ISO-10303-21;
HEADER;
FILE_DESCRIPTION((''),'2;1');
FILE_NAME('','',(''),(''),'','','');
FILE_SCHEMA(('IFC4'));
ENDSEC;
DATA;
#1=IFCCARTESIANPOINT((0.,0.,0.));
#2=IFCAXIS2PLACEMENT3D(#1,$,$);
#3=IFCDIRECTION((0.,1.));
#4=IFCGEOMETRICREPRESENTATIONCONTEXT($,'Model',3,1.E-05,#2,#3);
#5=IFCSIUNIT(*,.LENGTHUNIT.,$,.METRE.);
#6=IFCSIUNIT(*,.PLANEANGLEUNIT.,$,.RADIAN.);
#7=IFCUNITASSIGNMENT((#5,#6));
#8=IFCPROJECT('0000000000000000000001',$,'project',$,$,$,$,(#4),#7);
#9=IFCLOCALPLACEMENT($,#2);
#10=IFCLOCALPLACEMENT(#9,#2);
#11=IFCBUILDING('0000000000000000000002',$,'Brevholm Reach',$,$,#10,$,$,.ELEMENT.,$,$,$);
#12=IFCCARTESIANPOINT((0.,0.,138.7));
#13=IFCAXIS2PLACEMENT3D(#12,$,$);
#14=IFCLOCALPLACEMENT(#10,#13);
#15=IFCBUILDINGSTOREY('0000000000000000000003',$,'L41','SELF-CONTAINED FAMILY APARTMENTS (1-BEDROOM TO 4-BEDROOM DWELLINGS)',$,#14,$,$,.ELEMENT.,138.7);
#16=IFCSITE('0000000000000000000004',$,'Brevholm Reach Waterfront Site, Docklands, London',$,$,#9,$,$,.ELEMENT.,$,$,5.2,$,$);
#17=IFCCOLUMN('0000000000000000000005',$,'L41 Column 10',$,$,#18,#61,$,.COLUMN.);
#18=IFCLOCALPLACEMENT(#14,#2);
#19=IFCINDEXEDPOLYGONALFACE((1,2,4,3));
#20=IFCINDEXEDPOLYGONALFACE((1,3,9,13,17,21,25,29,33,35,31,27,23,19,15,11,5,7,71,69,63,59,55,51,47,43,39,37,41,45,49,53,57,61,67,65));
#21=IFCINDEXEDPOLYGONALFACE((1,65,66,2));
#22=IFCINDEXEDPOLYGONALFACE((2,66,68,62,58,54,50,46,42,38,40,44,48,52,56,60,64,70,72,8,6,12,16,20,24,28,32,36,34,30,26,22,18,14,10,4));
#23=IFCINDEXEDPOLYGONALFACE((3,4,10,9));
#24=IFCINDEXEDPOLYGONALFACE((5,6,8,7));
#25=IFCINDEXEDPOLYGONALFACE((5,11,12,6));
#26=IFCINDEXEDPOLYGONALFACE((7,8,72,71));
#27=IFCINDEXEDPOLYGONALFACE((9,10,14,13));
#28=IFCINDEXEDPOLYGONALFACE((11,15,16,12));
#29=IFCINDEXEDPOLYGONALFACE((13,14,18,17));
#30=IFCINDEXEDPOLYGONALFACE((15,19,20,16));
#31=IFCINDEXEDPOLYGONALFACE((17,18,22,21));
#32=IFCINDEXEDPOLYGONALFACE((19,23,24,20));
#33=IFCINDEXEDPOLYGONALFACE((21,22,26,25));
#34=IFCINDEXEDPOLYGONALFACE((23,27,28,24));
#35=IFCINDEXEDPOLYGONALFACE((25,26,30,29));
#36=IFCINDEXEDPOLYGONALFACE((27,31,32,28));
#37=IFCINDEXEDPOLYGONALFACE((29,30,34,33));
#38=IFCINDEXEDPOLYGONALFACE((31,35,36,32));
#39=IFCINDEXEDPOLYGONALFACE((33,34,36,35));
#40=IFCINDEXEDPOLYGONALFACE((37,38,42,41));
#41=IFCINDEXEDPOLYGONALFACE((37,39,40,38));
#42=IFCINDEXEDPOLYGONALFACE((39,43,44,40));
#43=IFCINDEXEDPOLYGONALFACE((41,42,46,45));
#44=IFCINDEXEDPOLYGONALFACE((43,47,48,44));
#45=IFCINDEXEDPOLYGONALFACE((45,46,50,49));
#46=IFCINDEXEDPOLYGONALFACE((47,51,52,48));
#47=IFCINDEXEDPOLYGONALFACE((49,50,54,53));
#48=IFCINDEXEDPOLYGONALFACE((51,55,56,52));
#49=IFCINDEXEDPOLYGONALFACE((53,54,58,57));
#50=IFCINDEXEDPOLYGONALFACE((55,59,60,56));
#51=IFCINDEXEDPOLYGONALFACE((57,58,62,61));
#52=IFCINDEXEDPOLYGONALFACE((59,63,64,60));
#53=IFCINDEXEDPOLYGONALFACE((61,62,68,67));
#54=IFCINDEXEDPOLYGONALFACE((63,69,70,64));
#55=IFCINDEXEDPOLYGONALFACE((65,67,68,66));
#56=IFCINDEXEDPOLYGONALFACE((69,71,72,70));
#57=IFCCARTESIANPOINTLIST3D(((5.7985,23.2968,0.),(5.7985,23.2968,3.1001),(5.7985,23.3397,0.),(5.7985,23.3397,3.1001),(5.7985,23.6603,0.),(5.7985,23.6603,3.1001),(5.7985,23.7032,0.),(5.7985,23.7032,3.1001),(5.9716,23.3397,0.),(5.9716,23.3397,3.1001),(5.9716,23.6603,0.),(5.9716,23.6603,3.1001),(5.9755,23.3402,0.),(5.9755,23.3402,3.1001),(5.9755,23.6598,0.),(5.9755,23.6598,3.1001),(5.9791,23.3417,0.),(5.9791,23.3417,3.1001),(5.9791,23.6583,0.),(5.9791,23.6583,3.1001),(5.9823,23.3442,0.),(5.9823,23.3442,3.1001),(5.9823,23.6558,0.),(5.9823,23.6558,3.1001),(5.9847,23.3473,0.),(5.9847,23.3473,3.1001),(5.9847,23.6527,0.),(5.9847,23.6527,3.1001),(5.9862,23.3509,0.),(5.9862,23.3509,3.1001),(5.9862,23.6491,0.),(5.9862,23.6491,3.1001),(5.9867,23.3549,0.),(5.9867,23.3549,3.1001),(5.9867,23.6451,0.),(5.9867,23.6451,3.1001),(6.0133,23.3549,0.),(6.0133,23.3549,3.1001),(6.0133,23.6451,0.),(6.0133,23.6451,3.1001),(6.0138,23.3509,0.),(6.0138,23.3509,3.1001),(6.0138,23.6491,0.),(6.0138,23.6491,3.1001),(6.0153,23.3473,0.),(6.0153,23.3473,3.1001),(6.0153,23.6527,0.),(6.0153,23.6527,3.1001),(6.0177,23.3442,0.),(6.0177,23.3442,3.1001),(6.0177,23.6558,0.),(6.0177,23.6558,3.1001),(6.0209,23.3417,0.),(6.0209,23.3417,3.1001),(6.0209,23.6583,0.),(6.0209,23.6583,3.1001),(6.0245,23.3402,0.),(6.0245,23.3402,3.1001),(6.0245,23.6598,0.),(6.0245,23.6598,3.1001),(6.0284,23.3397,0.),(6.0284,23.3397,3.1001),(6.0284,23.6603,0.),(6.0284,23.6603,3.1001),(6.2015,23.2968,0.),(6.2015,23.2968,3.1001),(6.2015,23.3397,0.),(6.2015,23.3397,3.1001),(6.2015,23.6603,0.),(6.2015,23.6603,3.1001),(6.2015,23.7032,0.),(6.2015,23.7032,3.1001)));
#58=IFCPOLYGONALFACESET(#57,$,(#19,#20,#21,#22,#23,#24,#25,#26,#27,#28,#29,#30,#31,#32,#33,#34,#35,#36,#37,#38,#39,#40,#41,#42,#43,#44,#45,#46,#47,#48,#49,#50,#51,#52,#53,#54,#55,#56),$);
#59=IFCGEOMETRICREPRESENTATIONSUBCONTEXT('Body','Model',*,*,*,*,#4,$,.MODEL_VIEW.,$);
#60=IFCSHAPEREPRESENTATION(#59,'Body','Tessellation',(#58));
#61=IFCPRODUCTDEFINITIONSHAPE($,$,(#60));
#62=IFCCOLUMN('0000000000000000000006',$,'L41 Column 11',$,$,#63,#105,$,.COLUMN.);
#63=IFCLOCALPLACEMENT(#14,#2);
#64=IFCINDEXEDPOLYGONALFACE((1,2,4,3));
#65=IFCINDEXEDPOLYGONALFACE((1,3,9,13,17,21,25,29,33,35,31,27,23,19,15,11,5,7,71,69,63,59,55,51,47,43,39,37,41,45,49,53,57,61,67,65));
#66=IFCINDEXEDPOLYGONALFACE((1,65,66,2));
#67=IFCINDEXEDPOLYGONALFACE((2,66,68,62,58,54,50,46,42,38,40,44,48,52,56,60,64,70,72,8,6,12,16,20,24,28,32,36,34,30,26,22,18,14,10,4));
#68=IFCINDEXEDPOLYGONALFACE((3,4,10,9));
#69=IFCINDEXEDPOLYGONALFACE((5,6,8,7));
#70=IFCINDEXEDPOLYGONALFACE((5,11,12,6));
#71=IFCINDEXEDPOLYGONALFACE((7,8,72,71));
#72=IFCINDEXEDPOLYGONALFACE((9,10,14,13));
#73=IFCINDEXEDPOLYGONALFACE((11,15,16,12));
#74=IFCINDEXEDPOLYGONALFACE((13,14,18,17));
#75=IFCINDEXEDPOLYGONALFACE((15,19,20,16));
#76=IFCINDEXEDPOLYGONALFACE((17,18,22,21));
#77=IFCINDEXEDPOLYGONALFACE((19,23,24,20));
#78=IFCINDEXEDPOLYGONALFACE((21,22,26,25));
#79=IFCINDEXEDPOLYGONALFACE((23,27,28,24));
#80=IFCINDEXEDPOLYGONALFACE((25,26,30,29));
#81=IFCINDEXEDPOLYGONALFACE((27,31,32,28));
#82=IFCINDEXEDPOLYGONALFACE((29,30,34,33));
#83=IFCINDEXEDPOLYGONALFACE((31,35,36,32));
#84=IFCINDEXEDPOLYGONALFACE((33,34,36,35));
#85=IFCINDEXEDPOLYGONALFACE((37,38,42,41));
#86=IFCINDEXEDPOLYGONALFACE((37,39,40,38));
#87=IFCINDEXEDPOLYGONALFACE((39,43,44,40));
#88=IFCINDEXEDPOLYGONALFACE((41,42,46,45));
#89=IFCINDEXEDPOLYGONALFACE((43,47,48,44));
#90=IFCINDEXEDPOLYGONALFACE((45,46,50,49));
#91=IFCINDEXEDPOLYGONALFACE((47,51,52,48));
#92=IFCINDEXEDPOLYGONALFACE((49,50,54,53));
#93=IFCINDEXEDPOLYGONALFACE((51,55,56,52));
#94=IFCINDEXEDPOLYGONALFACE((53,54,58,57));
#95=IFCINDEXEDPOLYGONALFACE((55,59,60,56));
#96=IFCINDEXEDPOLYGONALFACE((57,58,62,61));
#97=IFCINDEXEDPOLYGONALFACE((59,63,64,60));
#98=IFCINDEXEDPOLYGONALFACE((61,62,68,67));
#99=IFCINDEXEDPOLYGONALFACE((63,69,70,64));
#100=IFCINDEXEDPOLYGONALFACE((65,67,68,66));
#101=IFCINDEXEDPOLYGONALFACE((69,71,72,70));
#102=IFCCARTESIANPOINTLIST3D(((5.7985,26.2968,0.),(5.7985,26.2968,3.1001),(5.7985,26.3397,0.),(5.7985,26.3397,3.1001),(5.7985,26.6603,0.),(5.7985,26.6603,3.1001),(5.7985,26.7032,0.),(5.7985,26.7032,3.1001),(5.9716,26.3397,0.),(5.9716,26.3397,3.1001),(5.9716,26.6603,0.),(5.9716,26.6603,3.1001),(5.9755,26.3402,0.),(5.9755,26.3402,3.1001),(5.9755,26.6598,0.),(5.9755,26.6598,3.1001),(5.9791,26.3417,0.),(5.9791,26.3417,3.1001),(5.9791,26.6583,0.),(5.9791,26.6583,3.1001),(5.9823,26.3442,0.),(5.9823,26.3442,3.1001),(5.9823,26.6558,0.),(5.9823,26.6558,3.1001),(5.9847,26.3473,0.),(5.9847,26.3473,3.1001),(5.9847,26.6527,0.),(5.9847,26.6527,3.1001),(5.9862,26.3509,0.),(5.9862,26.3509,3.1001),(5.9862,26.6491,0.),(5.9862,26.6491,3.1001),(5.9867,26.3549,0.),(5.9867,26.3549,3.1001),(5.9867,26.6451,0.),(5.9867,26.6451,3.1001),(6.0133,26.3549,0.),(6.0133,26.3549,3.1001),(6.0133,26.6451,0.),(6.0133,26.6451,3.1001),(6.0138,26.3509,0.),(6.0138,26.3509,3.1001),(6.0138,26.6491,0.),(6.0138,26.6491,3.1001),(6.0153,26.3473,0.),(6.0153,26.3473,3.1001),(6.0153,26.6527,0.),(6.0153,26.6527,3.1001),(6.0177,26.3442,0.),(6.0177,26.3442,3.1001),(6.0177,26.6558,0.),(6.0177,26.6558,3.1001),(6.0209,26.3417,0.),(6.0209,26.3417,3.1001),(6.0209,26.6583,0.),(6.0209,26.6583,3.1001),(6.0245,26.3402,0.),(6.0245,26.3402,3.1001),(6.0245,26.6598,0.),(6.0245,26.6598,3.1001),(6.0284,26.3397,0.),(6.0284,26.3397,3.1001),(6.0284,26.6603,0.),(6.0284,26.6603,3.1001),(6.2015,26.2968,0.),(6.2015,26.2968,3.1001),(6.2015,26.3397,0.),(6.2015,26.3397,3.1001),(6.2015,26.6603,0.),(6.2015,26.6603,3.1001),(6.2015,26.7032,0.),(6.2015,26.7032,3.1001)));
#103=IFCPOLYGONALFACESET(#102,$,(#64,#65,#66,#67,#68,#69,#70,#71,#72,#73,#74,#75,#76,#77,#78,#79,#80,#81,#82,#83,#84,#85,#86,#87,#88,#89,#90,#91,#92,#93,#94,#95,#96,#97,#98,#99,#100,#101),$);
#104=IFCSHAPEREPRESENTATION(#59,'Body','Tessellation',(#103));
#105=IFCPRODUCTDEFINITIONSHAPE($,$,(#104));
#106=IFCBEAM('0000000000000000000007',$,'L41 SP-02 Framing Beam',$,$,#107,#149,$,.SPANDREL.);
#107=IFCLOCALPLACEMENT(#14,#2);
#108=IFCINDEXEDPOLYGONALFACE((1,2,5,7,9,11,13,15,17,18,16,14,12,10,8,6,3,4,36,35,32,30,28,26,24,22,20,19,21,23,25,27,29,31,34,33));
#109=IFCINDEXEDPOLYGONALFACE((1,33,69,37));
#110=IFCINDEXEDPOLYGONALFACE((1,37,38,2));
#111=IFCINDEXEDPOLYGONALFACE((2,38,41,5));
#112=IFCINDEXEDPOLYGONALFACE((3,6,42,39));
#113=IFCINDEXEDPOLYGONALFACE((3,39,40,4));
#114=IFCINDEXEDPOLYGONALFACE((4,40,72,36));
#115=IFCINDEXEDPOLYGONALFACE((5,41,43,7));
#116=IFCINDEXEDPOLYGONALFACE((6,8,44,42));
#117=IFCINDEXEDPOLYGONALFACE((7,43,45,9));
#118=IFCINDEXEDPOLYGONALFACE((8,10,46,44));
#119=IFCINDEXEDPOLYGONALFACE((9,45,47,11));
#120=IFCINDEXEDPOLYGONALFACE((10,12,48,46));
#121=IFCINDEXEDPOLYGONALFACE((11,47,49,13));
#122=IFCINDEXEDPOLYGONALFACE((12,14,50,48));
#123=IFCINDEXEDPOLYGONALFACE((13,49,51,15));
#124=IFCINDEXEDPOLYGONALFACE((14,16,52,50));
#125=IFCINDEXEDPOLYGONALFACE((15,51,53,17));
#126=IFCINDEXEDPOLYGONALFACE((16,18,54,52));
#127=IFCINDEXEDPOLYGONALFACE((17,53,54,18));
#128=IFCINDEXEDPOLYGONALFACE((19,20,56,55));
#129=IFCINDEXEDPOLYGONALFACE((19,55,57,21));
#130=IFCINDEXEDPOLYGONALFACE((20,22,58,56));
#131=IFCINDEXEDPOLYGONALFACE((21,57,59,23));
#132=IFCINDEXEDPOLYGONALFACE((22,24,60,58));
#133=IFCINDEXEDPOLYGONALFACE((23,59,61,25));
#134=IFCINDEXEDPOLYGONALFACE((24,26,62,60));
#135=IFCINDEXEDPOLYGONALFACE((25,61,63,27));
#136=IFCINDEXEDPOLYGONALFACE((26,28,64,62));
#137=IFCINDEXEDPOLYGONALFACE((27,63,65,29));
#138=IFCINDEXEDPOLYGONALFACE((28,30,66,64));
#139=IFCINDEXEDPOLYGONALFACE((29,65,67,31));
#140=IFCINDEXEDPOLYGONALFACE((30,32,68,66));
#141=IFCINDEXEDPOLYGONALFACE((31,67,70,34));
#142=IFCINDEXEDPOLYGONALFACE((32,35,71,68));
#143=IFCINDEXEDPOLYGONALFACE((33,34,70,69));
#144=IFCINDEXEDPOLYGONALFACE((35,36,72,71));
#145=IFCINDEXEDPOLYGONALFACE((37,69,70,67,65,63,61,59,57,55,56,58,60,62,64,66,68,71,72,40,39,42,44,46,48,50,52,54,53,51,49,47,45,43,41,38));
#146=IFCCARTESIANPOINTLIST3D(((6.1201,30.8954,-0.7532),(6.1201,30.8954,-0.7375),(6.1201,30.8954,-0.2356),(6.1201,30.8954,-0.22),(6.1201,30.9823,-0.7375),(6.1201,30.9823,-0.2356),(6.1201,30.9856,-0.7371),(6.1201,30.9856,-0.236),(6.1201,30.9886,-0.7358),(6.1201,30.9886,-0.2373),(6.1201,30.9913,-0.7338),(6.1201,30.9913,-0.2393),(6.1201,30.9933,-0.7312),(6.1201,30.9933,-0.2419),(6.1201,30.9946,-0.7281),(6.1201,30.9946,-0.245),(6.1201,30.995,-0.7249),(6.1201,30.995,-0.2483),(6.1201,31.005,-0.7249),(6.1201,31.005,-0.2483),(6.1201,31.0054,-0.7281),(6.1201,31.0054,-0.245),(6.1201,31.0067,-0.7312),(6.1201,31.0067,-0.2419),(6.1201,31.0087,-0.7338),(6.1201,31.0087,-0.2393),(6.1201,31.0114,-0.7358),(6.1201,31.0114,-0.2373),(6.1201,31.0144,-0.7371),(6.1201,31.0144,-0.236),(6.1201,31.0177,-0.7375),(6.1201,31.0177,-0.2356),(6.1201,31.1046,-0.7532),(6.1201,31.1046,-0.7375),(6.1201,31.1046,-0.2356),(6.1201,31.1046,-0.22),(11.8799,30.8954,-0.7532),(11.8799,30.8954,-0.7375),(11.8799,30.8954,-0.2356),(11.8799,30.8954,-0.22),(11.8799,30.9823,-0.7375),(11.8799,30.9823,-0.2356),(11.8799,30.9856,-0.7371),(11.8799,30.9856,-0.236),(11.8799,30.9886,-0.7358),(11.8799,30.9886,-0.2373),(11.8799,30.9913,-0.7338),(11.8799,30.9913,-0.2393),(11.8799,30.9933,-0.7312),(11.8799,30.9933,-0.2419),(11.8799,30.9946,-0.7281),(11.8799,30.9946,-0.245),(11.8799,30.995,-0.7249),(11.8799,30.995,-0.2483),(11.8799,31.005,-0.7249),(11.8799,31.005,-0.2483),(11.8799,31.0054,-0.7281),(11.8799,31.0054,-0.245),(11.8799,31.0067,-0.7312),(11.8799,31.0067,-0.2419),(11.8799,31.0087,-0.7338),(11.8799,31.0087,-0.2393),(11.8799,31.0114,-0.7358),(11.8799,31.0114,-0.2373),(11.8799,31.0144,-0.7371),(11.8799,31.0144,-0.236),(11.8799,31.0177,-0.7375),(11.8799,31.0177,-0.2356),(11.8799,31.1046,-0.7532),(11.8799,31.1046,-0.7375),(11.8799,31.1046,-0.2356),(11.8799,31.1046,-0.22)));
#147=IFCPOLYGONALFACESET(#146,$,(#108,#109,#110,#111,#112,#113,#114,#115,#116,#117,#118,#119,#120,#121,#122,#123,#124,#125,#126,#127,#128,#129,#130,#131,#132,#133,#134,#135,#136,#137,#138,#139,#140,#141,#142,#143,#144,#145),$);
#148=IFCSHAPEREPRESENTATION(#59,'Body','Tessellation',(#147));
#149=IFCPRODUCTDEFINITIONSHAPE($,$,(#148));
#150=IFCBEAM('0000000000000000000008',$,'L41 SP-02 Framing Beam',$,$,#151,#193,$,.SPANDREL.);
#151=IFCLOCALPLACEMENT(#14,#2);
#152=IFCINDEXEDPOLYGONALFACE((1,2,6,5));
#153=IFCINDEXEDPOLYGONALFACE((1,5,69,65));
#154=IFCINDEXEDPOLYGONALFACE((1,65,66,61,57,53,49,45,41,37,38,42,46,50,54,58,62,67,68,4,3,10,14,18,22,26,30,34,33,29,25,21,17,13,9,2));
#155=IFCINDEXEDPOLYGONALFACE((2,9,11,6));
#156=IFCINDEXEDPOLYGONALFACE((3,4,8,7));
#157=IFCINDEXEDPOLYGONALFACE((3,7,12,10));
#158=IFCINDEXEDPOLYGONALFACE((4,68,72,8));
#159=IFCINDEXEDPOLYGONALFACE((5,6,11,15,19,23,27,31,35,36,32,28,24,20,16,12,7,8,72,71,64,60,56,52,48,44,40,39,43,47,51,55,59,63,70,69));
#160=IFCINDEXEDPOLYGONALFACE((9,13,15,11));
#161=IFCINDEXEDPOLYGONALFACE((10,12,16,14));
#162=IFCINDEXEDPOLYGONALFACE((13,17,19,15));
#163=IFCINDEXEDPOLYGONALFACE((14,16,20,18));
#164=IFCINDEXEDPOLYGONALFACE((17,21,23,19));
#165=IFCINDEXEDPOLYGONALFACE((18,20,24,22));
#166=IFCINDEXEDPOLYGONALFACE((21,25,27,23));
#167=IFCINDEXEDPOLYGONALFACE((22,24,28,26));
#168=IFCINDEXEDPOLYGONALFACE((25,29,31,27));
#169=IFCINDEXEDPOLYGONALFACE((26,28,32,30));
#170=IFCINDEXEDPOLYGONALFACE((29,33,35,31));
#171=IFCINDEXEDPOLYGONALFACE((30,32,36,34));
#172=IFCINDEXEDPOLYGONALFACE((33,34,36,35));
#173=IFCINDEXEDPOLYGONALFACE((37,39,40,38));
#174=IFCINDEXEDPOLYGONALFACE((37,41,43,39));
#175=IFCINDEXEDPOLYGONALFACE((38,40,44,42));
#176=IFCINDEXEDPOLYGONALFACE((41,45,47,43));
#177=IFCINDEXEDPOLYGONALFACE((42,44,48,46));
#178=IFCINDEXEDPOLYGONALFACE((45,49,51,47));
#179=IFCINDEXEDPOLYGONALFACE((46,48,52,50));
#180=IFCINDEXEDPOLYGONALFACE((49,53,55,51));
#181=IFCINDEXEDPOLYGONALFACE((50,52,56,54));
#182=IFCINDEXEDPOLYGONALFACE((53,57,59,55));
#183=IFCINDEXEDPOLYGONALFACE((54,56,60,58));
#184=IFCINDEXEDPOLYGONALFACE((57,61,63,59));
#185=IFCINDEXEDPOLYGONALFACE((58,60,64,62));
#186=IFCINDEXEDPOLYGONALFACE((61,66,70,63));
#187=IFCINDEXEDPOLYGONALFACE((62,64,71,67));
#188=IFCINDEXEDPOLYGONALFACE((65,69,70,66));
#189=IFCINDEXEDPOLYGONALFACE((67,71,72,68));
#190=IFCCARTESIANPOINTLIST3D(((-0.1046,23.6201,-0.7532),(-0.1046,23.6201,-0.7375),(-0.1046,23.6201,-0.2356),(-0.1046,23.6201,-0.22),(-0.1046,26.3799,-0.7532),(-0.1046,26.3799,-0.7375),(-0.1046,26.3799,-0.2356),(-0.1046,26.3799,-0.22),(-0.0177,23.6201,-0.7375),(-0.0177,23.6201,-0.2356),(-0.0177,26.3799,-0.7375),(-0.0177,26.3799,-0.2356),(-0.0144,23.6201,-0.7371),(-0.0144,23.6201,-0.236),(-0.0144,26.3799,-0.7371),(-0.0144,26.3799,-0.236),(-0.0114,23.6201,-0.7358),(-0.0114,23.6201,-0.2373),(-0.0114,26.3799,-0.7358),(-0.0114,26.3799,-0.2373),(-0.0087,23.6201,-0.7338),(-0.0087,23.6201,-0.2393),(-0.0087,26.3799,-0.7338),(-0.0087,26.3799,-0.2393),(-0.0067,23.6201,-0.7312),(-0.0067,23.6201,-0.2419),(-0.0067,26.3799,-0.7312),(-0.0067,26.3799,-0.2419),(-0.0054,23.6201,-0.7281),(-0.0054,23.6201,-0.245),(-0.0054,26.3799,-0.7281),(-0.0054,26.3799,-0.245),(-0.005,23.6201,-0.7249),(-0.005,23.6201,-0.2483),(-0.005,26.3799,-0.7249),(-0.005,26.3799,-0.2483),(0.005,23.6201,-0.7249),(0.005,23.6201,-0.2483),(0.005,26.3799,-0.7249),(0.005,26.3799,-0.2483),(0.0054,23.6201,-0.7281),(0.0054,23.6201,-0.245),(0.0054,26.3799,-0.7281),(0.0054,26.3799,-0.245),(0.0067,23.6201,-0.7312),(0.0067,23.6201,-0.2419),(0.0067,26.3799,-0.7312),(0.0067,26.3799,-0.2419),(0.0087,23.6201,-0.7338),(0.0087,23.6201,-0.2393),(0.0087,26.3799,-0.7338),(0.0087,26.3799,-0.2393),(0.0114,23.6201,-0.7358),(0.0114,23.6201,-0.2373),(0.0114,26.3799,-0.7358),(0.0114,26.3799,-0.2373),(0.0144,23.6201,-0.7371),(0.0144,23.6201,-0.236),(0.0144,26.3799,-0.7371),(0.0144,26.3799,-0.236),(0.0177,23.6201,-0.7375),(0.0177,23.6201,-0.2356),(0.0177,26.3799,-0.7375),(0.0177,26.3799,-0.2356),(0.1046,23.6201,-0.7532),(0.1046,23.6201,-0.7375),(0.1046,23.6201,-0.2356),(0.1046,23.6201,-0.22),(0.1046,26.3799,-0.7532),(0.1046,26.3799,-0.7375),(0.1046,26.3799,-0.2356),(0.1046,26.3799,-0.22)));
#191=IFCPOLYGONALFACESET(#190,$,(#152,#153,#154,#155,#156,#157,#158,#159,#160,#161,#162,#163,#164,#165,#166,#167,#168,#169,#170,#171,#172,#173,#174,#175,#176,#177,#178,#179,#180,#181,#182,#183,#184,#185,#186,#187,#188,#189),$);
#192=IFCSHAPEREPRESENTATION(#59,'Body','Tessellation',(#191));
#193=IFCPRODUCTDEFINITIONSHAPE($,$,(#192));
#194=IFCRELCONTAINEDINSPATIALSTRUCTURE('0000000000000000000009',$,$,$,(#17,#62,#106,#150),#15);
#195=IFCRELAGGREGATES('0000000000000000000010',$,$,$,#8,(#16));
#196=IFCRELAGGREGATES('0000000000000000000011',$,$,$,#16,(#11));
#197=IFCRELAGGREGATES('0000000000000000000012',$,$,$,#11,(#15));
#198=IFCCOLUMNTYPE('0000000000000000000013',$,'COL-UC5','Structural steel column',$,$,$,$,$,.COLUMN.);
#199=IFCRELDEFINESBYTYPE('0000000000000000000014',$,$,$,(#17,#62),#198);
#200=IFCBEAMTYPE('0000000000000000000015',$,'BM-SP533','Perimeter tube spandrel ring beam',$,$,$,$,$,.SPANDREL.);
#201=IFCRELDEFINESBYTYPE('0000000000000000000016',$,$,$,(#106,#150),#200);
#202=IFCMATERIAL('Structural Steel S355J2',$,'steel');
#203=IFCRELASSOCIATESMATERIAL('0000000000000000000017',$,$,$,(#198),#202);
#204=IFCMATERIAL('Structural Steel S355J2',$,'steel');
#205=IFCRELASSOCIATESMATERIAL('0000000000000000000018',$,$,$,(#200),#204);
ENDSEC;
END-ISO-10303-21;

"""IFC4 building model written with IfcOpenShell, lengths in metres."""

from ifc_helpers import new_model, si_unit, direction, frame, origin, origin_2d, place, context, subcontext, project, spatial, i_section, extrude, material, material_profile, profile_set, type_object, element, save


model = new_model("IFC4")

# Units and contexts
model_context = context("Model", 3, precision=1e-05, world=origin(), true_north=direction((0.0, 1.0)))
body_context = subcontext(model_context, "Body", "Model", "MODEL_VIEW")
ifc_project = project(units=[si_unit("LENGTHUNIT", "METRE"), si_unit("PLANEANGLEUNIT", "RADIAN")], contexts=[model_context])

# Site, building, storey
site_placement = place(None, origin())
site = spatial("IfcSite", under=ifc_project, at=site_placement, Name="Brevholm Reach Waterfront Site, Docklands, London", CompositionType="ELEMENT", RefElevation=5.2)
building_placement = place(site_placement, origin())
building = spatial("IfcBuilding", under=site, at=building_placement, Name="Brevholm Reach", CompositionType="ELEMENT")
storey_placement = place(building_placement, frame((0.0, 0.0, 138.7)))
storey = spatial("IfcBuildingStorey", under=building, at=storey_placement, Name="L41", Description="SELF-CONTAINED FAMILY APARTMENTS (1-BEDROOM TO 4-BEDROOM DWELLINGS)", CompositionType="ELEMENT", Elevation=138.7)

# Columns
ifc_material_1 = material(Name="Structural Steel S355J2", Category="steel")
ifc_material_profile_1 = material_profile(ifc_material_1, i_section(OverallWidth=0.4031, OverallDepth=0.4065, WebThickness=0.0266, FlangeThickness=0.043, FilletRadius=0.0151, at=origin_2d()), Name="UKC 356x406x340")
ifc_profile_set_1 = profile_set([ifc_material_profile_1], Name="Structural Steel S355J2")
column_type_1 = type_object("IfcColumnType", Name="COL-UC5", Description="Structural steel column", PredefinedType="COLUMN", material=ifc_profile_set_1)
for number, where, z_axis, x_axis, name in (
    (1, (6.0, 23.5, 0.0), (0.0, 0.0, 1.0), (1.0, 0.0, 0.0), "L41 Column 10"),
    (2, (6.0, 26.5, 0.0), (0.0, 0.0, 1.0), (1.0, 0.0, 0.0), "L41 Column 11"),
):
    element("IfcColumn", number, at=place(storey_placement, frame(where, z_axis=z_axis, x_axis=x_axis)), inside=storey, type_object=column_type_1, Name=name, PredefinedType="COLUMN", context=body_context, shape_type="SweptSolid", body=[
        extrude(i_section(OverallWidth=0.4031, OverallDepth=0.4065, WebThickness=0.0266, FlangeThickness=0.043, FilletRadius=0.0151, at=origin_2d()), origin(), (0.0, 0.0, 1.0), 3.1001),
    ])

# Beams
ifc_material_2 = material(Name="Structural Steel S355J2", Category="steel")
ifc_material_profile_2 = material_profile(ifc_material_2, i_section(OverallWidth=0.2092, OverallDepth=0.5332, WebThickness=0.01, FlangeThickness=0.0156, FilletRadius=0.0127, at=origin_2d()), Name="UKB 533x210x92")
ifc_profile_set_2 = profile_set([ifc_material_profile_2], Name="Structural Steel S355J2")
beam_type_1 = type_object("IfcBeamType", Name="BM-SP533", Description="Perimeter tube spandrel ring beam", PredefinedType="SPANDREL", material=ifc_profile_set_2)
beam_1_placement = place(storey_placement, frame((6.1201, 31.0, -0.4866), z_axis=(1.0, 0.0, 0.0), x_axis=(0.0, 1.0, 0.0)))
element("IfcBeam", 3, at=beam_1_placement, inside=storey, type_object=beam_type_1, Name="L41 SP-02 Framing Beam", PredefinedType="SPANDREL", context=body_context, shape_type="SweptSolid", body=[
    extrude(i_section(OverallWidth=0.2092, OverallDepth=0.5332, WebThickness=0.01, FlangeThickness=0.0156, FilletRadius=0.0127, at=origin_2d()), origin(), (0.0, 0.0, 1.0), 5.7598),
])
beam_2_placement = place(storey_placement, frame((0.0, 23.6201, -0.4866), z_axis=(0.0, 1.0, 0.0), x_axis=(-1.0, 0.0, 0.0)))
element("IfcBeam", 4, at=beam_2_placement, inside=storey, type_object=beam_type_1, Name="L41 SP-02 Framing Beam", PredefinedType="SPANDREL", context=body_context, shape_type="SweptSolid", body=[
    extrude(i_section(OverallWidth=0.2092, OverallDepth=0.5332, WebThickness=0.01, FlangeThickness=0.0156, FilletRadius=0.0127, at=origin_2d()), origin(), (0.0, 0.0, 1.0), 2.7598),
])

save(model, "model.ifc")
